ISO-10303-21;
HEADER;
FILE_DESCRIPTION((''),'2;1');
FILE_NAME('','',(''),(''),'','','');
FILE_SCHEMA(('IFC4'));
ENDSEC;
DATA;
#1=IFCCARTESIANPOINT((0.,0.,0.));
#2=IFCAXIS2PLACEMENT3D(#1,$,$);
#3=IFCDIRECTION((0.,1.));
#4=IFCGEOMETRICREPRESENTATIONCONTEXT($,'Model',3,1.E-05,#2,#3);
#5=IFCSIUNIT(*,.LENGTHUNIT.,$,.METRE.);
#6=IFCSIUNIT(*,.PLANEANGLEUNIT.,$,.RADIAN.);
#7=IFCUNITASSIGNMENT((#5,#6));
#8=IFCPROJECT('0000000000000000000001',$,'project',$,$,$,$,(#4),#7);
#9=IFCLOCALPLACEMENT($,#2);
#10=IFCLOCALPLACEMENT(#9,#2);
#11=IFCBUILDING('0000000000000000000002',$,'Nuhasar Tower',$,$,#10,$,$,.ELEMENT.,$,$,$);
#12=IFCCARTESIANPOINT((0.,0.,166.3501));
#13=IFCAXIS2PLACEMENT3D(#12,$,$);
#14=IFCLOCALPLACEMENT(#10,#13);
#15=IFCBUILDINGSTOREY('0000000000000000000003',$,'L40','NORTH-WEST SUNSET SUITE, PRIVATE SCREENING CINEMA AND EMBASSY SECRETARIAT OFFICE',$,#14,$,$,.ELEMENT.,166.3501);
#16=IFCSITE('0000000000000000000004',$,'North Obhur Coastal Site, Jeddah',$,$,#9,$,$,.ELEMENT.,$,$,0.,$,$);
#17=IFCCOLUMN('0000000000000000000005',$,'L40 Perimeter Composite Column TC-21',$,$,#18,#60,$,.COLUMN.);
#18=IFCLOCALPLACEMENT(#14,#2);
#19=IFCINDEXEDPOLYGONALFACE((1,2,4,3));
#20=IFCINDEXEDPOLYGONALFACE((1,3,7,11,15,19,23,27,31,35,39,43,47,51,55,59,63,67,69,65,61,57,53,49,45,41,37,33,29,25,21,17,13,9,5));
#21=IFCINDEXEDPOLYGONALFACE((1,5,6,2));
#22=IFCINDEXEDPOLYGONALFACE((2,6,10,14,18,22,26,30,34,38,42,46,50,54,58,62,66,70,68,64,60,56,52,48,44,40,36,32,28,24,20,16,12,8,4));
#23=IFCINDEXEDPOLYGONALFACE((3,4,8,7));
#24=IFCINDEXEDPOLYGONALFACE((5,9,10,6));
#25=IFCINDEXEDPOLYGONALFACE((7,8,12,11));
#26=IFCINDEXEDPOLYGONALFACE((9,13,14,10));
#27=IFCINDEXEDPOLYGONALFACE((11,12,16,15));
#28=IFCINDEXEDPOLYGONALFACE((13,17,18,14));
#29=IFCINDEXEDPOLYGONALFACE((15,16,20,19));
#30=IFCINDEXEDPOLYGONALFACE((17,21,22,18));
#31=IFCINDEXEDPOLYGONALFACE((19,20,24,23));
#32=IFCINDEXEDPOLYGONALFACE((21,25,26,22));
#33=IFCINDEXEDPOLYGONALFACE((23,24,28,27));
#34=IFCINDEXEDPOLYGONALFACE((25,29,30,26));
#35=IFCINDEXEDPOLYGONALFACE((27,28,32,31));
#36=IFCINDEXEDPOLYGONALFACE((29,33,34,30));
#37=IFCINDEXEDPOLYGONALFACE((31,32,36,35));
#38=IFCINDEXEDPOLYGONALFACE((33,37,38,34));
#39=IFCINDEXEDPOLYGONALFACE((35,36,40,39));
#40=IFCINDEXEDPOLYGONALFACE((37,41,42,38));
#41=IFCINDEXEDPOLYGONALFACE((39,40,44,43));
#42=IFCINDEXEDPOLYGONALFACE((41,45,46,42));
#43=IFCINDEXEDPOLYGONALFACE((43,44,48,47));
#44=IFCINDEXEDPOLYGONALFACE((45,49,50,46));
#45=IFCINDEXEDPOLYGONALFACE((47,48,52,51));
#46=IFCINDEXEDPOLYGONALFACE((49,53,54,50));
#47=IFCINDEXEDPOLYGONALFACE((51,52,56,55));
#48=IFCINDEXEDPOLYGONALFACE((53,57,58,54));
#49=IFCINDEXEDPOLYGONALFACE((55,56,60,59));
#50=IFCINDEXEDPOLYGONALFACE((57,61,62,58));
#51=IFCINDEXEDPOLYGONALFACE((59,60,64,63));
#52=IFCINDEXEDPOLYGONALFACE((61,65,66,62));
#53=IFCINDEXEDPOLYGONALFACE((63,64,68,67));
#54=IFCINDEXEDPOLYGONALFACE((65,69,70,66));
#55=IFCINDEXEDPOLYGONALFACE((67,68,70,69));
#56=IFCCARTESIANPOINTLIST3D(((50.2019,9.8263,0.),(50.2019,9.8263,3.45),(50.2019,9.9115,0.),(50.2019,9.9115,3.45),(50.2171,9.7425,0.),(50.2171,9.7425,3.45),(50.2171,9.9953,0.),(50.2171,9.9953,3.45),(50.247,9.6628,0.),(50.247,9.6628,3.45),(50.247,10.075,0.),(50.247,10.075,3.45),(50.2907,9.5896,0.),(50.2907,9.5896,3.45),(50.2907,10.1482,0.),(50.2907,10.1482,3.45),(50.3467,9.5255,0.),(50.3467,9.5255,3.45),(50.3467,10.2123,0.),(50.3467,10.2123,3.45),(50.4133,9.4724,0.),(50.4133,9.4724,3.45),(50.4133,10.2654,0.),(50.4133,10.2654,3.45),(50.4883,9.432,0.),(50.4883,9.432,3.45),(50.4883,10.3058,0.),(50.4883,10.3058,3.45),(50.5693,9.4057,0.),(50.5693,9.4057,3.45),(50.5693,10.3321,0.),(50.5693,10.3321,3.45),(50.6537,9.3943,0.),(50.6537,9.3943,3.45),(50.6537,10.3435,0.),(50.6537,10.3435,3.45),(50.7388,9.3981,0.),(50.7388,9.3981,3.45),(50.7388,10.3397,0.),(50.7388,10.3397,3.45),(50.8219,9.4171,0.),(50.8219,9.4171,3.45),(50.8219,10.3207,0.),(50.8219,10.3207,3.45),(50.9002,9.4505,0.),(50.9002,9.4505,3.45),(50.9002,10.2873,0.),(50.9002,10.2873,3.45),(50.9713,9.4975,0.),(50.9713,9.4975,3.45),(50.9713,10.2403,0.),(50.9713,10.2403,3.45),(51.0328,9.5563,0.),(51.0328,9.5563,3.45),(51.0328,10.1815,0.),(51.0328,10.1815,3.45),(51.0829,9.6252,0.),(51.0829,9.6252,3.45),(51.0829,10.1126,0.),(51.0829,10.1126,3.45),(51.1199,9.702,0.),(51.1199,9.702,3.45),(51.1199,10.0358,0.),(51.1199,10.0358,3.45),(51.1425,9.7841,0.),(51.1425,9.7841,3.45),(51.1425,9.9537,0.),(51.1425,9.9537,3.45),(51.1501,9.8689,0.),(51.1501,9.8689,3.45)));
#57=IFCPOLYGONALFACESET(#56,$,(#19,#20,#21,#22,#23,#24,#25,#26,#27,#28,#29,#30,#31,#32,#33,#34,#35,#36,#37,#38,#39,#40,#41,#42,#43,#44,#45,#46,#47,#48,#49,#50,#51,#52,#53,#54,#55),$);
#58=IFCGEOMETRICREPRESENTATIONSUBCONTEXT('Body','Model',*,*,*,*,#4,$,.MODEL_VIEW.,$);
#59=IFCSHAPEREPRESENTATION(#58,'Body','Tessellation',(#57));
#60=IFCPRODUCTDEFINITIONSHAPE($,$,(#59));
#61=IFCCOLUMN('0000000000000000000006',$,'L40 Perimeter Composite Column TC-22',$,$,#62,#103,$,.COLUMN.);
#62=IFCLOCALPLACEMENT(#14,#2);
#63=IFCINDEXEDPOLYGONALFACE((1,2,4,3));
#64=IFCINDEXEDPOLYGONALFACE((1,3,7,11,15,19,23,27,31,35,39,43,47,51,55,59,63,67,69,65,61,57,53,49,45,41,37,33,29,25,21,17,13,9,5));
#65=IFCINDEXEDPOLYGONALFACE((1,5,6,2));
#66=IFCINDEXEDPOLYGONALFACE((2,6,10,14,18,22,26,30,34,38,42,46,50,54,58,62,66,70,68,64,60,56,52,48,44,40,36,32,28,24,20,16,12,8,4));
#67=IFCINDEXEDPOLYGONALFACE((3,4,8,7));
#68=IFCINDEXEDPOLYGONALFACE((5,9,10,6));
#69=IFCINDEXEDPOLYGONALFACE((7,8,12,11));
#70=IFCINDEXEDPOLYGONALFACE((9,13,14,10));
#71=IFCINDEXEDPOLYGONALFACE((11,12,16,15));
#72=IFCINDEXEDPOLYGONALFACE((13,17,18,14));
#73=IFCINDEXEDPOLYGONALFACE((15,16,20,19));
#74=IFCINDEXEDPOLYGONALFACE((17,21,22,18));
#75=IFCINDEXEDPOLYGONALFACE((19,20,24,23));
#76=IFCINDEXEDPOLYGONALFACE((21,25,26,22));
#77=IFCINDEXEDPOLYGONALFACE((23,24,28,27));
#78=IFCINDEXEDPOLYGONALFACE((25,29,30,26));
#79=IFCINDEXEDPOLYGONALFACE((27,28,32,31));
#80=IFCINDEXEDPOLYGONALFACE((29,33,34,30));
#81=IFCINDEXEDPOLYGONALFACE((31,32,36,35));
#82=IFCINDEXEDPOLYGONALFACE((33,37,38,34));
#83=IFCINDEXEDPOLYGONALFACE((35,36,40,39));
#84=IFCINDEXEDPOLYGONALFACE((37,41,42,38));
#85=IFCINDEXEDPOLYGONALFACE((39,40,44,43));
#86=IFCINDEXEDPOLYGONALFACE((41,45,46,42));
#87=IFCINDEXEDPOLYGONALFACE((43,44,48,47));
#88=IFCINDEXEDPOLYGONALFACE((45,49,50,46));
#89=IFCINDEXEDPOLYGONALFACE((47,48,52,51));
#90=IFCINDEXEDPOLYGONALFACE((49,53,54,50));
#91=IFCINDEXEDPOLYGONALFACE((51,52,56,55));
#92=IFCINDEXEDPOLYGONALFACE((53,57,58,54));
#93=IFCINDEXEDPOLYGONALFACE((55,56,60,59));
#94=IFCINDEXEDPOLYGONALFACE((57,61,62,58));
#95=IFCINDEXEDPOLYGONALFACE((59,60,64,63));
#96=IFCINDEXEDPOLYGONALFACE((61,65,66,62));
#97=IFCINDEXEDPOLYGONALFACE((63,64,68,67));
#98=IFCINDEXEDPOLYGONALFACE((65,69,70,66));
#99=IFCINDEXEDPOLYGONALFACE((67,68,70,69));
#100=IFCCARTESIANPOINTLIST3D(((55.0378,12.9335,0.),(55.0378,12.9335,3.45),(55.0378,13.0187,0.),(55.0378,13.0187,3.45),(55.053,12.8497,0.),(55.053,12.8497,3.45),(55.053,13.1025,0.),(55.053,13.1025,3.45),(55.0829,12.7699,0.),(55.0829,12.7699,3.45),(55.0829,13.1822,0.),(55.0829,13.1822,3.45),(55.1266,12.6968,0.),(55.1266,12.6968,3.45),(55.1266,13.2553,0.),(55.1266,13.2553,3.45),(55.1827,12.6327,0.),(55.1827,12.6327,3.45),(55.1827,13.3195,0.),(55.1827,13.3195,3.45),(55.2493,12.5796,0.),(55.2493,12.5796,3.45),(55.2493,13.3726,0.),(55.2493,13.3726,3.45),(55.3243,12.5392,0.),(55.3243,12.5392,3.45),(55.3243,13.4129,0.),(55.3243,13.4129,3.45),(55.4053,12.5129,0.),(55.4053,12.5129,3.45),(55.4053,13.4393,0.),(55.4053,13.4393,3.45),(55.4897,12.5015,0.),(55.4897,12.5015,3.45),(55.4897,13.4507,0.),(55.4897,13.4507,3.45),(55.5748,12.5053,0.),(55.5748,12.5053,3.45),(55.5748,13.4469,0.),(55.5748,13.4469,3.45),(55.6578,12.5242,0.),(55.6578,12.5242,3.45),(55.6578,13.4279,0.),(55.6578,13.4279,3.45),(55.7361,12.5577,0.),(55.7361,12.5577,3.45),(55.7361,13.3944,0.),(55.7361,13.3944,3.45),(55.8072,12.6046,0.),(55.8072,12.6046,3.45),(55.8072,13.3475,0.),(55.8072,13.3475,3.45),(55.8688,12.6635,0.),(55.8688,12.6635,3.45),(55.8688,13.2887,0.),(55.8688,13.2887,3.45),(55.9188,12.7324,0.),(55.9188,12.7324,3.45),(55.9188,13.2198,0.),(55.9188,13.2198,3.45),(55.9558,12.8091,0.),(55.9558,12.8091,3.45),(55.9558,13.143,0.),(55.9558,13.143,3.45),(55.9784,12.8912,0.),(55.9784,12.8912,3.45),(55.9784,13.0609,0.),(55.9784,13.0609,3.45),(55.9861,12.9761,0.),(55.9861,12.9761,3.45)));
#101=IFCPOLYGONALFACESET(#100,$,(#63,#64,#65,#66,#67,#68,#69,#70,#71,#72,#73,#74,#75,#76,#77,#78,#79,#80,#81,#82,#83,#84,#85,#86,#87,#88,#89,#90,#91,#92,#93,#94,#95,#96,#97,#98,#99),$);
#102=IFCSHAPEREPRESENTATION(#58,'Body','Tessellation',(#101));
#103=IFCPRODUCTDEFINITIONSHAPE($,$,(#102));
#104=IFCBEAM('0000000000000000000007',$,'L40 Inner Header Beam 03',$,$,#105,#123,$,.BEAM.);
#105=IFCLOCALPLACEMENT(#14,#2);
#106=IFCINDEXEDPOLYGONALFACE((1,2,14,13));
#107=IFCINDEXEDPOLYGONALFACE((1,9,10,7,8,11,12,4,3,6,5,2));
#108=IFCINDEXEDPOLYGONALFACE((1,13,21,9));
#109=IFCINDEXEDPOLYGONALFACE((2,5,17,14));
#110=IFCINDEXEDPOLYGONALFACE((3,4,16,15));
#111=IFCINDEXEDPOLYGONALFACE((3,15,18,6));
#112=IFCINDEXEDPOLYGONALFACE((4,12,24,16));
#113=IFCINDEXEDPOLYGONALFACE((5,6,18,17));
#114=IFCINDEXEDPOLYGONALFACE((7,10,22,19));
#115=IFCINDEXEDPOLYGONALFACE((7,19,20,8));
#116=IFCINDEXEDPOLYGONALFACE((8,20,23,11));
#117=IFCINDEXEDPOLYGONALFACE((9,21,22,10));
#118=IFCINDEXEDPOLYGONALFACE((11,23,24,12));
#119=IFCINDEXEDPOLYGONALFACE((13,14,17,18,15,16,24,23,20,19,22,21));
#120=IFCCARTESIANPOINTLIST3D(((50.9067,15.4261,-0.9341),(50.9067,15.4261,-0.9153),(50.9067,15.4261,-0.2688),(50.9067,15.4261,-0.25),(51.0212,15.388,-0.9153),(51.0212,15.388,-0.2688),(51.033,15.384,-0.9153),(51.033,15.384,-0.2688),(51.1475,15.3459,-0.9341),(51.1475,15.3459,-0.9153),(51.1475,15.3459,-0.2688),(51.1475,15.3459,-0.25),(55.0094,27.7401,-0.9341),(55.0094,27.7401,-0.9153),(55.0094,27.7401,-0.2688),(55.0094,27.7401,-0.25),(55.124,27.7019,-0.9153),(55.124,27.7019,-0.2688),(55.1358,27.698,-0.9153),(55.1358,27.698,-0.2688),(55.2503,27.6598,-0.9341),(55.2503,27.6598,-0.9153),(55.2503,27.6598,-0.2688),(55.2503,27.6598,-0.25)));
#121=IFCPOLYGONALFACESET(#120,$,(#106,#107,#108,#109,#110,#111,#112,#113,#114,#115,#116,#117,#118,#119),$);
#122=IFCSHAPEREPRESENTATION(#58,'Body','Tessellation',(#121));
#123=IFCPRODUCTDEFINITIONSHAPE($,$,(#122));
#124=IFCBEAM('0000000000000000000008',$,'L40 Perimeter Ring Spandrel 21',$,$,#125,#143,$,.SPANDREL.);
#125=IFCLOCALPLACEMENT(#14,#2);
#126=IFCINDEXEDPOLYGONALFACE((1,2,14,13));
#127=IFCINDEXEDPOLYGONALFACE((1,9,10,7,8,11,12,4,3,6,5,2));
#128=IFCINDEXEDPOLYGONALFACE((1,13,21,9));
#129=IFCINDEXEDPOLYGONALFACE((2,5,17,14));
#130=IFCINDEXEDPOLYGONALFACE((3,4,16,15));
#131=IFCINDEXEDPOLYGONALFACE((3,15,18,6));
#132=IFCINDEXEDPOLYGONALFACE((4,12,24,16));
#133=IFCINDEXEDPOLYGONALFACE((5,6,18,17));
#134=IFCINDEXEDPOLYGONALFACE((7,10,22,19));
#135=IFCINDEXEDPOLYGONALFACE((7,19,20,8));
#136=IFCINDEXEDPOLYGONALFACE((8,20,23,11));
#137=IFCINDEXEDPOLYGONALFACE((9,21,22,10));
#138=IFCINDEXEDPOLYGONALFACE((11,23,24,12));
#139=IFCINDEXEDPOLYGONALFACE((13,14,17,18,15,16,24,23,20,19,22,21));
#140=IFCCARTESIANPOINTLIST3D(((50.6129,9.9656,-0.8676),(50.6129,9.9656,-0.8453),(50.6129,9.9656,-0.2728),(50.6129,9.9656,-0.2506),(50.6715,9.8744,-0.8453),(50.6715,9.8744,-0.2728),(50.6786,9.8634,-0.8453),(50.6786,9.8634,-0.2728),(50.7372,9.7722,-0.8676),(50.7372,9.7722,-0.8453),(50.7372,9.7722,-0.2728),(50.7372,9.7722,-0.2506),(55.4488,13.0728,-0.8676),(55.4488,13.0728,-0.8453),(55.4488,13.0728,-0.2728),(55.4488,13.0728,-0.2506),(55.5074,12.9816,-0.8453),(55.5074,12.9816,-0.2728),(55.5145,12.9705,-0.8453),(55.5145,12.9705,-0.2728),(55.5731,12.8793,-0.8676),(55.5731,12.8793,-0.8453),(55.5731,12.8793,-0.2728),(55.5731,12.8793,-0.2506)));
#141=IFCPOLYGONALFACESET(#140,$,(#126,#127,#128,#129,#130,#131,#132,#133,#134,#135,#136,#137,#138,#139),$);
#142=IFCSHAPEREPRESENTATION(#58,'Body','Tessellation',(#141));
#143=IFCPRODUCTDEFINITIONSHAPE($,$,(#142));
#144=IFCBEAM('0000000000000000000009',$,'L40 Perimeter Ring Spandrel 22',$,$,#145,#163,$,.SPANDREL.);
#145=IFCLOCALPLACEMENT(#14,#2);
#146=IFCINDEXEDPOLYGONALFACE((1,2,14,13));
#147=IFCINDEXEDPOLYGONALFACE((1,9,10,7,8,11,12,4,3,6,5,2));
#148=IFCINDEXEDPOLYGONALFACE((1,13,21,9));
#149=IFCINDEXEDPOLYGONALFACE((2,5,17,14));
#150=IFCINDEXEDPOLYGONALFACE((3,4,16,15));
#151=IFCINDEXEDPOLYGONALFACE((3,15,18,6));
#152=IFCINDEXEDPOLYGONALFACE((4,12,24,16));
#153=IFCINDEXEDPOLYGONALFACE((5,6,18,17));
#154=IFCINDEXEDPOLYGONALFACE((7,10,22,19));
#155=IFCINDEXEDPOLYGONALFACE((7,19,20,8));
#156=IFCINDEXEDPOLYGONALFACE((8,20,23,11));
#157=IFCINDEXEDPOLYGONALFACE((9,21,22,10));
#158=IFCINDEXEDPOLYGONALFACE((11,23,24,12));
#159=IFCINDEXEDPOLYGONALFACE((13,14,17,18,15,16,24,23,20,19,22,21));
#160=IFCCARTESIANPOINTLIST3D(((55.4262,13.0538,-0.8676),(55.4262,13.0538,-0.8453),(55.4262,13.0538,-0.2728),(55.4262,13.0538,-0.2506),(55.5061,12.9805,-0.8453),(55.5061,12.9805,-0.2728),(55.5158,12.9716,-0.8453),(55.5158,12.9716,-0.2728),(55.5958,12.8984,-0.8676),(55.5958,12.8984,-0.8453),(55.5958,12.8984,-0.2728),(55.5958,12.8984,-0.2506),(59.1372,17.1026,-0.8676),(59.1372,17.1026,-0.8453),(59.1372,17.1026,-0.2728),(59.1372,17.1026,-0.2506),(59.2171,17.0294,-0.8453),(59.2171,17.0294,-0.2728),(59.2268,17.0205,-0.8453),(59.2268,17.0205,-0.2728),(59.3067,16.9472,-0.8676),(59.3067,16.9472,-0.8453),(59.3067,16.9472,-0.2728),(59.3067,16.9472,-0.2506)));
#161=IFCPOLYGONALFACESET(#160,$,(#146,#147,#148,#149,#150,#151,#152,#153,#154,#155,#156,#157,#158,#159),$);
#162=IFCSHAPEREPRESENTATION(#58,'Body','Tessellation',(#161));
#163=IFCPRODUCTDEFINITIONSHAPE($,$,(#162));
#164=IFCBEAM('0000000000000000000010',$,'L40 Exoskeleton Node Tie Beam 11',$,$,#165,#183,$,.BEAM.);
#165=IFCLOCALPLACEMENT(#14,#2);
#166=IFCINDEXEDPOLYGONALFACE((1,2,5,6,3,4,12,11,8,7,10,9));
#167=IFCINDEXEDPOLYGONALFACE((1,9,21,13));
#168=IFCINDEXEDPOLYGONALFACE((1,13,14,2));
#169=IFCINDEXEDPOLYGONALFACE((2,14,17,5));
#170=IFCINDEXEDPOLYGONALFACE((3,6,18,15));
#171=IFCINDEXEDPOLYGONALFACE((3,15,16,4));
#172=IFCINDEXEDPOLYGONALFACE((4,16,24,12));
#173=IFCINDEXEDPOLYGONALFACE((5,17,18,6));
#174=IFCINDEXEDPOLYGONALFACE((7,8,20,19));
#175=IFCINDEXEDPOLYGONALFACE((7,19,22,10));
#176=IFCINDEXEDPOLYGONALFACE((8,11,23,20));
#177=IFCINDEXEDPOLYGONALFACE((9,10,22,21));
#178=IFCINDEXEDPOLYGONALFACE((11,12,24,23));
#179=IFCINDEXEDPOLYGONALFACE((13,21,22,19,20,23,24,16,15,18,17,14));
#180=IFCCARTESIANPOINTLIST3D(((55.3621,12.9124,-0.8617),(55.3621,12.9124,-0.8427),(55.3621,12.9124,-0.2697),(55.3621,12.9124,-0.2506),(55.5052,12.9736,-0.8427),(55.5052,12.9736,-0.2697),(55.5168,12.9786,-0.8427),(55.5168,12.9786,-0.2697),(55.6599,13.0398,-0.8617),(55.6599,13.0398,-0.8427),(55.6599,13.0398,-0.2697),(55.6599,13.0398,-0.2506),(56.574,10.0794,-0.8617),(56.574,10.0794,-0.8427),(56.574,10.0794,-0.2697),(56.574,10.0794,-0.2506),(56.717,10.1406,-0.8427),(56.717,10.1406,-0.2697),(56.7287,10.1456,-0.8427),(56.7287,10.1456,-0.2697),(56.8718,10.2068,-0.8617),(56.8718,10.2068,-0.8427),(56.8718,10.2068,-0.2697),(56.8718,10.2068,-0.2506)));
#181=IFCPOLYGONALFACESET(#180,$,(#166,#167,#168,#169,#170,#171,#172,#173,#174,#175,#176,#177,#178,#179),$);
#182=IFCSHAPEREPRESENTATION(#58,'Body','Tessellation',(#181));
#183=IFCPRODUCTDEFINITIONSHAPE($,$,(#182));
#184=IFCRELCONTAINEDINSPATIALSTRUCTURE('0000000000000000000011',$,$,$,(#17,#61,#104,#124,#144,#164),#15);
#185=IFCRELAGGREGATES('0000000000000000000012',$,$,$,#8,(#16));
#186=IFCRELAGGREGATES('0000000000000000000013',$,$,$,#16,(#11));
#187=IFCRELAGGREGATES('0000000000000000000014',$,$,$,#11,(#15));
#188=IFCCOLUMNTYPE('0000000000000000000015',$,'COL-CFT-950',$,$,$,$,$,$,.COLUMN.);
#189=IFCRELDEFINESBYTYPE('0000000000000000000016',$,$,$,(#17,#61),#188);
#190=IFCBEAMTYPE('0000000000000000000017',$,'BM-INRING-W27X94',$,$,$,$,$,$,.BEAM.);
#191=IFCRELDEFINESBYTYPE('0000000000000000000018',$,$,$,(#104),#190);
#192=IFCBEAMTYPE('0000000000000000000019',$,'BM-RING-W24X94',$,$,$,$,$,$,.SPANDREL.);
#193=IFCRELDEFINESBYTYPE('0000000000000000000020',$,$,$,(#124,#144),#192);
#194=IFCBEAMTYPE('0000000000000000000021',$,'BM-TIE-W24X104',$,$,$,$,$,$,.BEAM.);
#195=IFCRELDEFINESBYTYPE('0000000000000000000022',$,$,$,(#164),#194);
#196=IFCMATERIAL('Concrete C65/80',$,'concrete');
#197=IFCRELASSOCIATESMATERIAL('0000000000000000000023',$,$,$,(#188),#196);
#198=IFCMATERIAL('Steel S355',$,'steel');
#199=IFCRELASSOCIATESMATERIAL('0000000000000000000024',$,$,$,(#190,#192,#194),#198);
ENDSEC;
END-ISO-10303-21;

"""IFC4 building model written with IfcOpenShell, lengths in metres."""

from ifc_helpers import new_model, si_unit, direction, frame, origin, origin_2d, place, context, subcontext, project, spatial, circle, i_section, extrude, material, material_profile, profile_set, type_object, element, save


model = new_model("IFC4")

# Units and contexts
model_context = context("Model", 3, precision=1e-05, world=origin(), true_north=direction((0.0, 1.0)))
body_context = subcontext(model_context, "Body", "Model", "MODEL_VIEW")
ifc_project = project(units=[si_unit("LENGTHUNIT", "METRE"), si_unit("PLANEANGLEUNIT", "RADIAN")], contexts=[model_context])

# Site, building, storey
site_placement = place(None, origin())
site = spatial("IfcSite", under=ifc_project, at=site_placement, Name="North Obhur Coastal Site, Jeddah", CompositionType="ELEMENT", RefElevation=0.0)
building_placement = place(site_placement, origin())
building = spatial("IfcBuilding", under=site, at=building_placement, Name="Nuhasar Tower", CompositionType="ELEMENT")
storey_placement = place(building_placement, frame((0.0, 0.0, 166.3501)))
storey = spatial("IfcBuildingStorey", under=building, at=storey_placement, Name="L40", Description="NORTH-WEST SUNSET SUITE, PRIVATE SCREENING CINEMA AND EMBASSY SECRETARIAT OFFICE", CompositionType="ELEMENT", Elevation=166.3501)

# Columns
ifc_material_1 = material(Name="Concrete C65/80", Category="concrete")
ifc_material_profile_1 = material_profile(ifc_material_1, circle(Radius=0.4751, at=origin_2d()), Name="CFT950")
ifc_profile_set_1 = profile_set([ifc_material_profile_1], Name="Concrete C65/80")
column_type = type_object("IfcColumnType", Name="COL-CFT-950", PredefinedType="COLUMN", material=ifc_profile_set_1)
for number, where, z_axis, x_axis, name in (
    (1, (50.675, 9.8689, 0.0), (0.0, 0.0, 1.0), (1.0, 0.0, 0.0), "L40 Perimeter Composite Column TC-21"),
    (2, (55.511, 12.9761, 0.0), (0.0, 0.0, 1.0), (1.0, 0.0, 0.0), "L40 Perimeter Composite Column TC-22"),
):
    element("IfcColumn", number, at=place(storey_placement, frame(where, z_axis=z_axis, x_axis=x_axis)), inside=storey, type_object=column_type, Name=name, PredefinedType="COLUMN", context=body_context, shape_type="SweptSolid", body=[
        extrude(circle(Radius=0.4751, at=origin_2d()), origin(), (0.0, 0.0, 1.0), 3.45),
    ])

# Beams
ifc_material_2 = material(Name="Steel S355", Category="steel")
ifc_material_profile_2 = material_profile(ifc_material_2, i_section(OverallWidth=0.2539, OverallDepth=0.6841, WebThickness=0.0125, FlangeThickness=0.0188, at=origin_2d()), Name="W27X94")
ifc_profile_set_2 = profile_set([ifc_material_profile_2], Name="Steel S355")
beam_type_1 = type_object("IfcBeamType", Name="BM-INRING-W27X94", PredefinedType="BEAM", material=ifc_profile_set_2)
beam_1_placement = place(storey_placement, frame((51.0271, 15.386, -0.592), z_axis=(0.316098, 0.948727, 0.0), x_axis=(-0.948727, 0.316098, 0.0)))
element("IfcBeam", 3, at=beam_1_placement, inside=storey, type_object=beam_type_1, Name="L40 Inner Header Beam 03", PredefinedType="BEAM", context=body_context, shape_type="SweptSolid", body=[
    extrude(i_section(OverallWidth=0.2539, OverallDepth=0.6841, WebThickness=0.0125, FlangeThickness=0.0188, at=origin_2d()), origin(), (0.0, 0.0, 1.0), 12.9795),
])
ifc_material_profile_3 = material_profile(ifc_material_2, i_section(OverallWidth=0.23, OverallDepth=0.6169, WebThickness=0.0132, FlangeThickness=0.0222, at=origin_2d()), Name="W24X94")
ifc_profile_set_3 = profile_set([ifc_material_profile_3], Name="Steel S355")
beam_type_2 = type_object("IfcBeamType", Name="BM-RING-W24X94", PredefinedType="SPANDREL", material=ifc_profile_set_3)
beam_2_placement = place(storey_placement, frame((50.675, 9.8689, -0.5591), z_axis=(0.841308, 0.540556, 0.0), x_axis=(-0.540556, 0.841308, 0.0)))
element("IfcBeam", 4, at=beam_2_placement, inside=storey, type_object=beam_type_2, Name="L40 Perimeter Ring Spandrel 21", PredefinedType="SPANDREL", context=body_context, shape_type="SweptSolid", body=[
    extrude(i_section(OverallWidth=0.23, OverallDepth=0.6169, WebThickness=0.0132, FlangeThickness=0.0222, at=origin_2d()), origin(), (0.0, 0.0, 1.0), 5.748),
])
beam_3_placement = place(storey_placement, frame((55.511, 12.9761, -0.5591), z_axis=(0.675676, 0.737198, 0.0), x_axis=(-0.737198, 0.675676, 0.0)))
element("IfcBeam", 5, at=beam_3_placement, inside=storey, type_object=beam_type_2, Name="L40 Perimeter Ring Spandrel 22", PredefinedType="SPANDREL", context=body_context, shape_type="SweptSolid", body=[
    extrude(i_section(OverallWidth=0.23, OverallDepth=0.6169, WebThickness=0.0132, FlangeThickness=0.0222, at=origin_2d()), origin(), (0.0, 0.0, 1.0), 5.4922),
])
ifc_material_profile_4 = material_profile(ifc_material_2, i_section(OverallWidth=0.324, OverallDepth=0.6111, WebThickness=0.0127, FlangeThickness=0.019, at=origin_2d()), Name="W24X104")
ifc_profile_set_4 = profile_set([ifc_material_profile_4], Name="Steel S355")
beam_type_3 = type_object("IfcBeamType", Name="BM-TIE-W24X104", PredefinedType="BEAM", material=ifc_profile_set_4)
beam_4_placement = place(storey_placement, frame((55.511, 12.9761, -0.5562), z_axis=(0.393307, -0.919407, 0.0), x_axis=(0.919407, 0.393307, 0.0)))
element("IfcBeam", 6, at=beam_4_placement, inside=storey, type_object=beam_type_3, Name="L40 Exoskeleton Node Tie Beam 11", PredefinedType="BEAM", context=body_context, shape_type="SweptSolid", body=[
    extrude(i_section(OverallWidth=0.324, OverallDepth=0.6111, WebThickness=0.0127, FlangeThickness=0.019, at=origin_2d()), origin(), (0.0, 0.0, 1.0), 3.0813),
])

save(model, "model.ifc")
